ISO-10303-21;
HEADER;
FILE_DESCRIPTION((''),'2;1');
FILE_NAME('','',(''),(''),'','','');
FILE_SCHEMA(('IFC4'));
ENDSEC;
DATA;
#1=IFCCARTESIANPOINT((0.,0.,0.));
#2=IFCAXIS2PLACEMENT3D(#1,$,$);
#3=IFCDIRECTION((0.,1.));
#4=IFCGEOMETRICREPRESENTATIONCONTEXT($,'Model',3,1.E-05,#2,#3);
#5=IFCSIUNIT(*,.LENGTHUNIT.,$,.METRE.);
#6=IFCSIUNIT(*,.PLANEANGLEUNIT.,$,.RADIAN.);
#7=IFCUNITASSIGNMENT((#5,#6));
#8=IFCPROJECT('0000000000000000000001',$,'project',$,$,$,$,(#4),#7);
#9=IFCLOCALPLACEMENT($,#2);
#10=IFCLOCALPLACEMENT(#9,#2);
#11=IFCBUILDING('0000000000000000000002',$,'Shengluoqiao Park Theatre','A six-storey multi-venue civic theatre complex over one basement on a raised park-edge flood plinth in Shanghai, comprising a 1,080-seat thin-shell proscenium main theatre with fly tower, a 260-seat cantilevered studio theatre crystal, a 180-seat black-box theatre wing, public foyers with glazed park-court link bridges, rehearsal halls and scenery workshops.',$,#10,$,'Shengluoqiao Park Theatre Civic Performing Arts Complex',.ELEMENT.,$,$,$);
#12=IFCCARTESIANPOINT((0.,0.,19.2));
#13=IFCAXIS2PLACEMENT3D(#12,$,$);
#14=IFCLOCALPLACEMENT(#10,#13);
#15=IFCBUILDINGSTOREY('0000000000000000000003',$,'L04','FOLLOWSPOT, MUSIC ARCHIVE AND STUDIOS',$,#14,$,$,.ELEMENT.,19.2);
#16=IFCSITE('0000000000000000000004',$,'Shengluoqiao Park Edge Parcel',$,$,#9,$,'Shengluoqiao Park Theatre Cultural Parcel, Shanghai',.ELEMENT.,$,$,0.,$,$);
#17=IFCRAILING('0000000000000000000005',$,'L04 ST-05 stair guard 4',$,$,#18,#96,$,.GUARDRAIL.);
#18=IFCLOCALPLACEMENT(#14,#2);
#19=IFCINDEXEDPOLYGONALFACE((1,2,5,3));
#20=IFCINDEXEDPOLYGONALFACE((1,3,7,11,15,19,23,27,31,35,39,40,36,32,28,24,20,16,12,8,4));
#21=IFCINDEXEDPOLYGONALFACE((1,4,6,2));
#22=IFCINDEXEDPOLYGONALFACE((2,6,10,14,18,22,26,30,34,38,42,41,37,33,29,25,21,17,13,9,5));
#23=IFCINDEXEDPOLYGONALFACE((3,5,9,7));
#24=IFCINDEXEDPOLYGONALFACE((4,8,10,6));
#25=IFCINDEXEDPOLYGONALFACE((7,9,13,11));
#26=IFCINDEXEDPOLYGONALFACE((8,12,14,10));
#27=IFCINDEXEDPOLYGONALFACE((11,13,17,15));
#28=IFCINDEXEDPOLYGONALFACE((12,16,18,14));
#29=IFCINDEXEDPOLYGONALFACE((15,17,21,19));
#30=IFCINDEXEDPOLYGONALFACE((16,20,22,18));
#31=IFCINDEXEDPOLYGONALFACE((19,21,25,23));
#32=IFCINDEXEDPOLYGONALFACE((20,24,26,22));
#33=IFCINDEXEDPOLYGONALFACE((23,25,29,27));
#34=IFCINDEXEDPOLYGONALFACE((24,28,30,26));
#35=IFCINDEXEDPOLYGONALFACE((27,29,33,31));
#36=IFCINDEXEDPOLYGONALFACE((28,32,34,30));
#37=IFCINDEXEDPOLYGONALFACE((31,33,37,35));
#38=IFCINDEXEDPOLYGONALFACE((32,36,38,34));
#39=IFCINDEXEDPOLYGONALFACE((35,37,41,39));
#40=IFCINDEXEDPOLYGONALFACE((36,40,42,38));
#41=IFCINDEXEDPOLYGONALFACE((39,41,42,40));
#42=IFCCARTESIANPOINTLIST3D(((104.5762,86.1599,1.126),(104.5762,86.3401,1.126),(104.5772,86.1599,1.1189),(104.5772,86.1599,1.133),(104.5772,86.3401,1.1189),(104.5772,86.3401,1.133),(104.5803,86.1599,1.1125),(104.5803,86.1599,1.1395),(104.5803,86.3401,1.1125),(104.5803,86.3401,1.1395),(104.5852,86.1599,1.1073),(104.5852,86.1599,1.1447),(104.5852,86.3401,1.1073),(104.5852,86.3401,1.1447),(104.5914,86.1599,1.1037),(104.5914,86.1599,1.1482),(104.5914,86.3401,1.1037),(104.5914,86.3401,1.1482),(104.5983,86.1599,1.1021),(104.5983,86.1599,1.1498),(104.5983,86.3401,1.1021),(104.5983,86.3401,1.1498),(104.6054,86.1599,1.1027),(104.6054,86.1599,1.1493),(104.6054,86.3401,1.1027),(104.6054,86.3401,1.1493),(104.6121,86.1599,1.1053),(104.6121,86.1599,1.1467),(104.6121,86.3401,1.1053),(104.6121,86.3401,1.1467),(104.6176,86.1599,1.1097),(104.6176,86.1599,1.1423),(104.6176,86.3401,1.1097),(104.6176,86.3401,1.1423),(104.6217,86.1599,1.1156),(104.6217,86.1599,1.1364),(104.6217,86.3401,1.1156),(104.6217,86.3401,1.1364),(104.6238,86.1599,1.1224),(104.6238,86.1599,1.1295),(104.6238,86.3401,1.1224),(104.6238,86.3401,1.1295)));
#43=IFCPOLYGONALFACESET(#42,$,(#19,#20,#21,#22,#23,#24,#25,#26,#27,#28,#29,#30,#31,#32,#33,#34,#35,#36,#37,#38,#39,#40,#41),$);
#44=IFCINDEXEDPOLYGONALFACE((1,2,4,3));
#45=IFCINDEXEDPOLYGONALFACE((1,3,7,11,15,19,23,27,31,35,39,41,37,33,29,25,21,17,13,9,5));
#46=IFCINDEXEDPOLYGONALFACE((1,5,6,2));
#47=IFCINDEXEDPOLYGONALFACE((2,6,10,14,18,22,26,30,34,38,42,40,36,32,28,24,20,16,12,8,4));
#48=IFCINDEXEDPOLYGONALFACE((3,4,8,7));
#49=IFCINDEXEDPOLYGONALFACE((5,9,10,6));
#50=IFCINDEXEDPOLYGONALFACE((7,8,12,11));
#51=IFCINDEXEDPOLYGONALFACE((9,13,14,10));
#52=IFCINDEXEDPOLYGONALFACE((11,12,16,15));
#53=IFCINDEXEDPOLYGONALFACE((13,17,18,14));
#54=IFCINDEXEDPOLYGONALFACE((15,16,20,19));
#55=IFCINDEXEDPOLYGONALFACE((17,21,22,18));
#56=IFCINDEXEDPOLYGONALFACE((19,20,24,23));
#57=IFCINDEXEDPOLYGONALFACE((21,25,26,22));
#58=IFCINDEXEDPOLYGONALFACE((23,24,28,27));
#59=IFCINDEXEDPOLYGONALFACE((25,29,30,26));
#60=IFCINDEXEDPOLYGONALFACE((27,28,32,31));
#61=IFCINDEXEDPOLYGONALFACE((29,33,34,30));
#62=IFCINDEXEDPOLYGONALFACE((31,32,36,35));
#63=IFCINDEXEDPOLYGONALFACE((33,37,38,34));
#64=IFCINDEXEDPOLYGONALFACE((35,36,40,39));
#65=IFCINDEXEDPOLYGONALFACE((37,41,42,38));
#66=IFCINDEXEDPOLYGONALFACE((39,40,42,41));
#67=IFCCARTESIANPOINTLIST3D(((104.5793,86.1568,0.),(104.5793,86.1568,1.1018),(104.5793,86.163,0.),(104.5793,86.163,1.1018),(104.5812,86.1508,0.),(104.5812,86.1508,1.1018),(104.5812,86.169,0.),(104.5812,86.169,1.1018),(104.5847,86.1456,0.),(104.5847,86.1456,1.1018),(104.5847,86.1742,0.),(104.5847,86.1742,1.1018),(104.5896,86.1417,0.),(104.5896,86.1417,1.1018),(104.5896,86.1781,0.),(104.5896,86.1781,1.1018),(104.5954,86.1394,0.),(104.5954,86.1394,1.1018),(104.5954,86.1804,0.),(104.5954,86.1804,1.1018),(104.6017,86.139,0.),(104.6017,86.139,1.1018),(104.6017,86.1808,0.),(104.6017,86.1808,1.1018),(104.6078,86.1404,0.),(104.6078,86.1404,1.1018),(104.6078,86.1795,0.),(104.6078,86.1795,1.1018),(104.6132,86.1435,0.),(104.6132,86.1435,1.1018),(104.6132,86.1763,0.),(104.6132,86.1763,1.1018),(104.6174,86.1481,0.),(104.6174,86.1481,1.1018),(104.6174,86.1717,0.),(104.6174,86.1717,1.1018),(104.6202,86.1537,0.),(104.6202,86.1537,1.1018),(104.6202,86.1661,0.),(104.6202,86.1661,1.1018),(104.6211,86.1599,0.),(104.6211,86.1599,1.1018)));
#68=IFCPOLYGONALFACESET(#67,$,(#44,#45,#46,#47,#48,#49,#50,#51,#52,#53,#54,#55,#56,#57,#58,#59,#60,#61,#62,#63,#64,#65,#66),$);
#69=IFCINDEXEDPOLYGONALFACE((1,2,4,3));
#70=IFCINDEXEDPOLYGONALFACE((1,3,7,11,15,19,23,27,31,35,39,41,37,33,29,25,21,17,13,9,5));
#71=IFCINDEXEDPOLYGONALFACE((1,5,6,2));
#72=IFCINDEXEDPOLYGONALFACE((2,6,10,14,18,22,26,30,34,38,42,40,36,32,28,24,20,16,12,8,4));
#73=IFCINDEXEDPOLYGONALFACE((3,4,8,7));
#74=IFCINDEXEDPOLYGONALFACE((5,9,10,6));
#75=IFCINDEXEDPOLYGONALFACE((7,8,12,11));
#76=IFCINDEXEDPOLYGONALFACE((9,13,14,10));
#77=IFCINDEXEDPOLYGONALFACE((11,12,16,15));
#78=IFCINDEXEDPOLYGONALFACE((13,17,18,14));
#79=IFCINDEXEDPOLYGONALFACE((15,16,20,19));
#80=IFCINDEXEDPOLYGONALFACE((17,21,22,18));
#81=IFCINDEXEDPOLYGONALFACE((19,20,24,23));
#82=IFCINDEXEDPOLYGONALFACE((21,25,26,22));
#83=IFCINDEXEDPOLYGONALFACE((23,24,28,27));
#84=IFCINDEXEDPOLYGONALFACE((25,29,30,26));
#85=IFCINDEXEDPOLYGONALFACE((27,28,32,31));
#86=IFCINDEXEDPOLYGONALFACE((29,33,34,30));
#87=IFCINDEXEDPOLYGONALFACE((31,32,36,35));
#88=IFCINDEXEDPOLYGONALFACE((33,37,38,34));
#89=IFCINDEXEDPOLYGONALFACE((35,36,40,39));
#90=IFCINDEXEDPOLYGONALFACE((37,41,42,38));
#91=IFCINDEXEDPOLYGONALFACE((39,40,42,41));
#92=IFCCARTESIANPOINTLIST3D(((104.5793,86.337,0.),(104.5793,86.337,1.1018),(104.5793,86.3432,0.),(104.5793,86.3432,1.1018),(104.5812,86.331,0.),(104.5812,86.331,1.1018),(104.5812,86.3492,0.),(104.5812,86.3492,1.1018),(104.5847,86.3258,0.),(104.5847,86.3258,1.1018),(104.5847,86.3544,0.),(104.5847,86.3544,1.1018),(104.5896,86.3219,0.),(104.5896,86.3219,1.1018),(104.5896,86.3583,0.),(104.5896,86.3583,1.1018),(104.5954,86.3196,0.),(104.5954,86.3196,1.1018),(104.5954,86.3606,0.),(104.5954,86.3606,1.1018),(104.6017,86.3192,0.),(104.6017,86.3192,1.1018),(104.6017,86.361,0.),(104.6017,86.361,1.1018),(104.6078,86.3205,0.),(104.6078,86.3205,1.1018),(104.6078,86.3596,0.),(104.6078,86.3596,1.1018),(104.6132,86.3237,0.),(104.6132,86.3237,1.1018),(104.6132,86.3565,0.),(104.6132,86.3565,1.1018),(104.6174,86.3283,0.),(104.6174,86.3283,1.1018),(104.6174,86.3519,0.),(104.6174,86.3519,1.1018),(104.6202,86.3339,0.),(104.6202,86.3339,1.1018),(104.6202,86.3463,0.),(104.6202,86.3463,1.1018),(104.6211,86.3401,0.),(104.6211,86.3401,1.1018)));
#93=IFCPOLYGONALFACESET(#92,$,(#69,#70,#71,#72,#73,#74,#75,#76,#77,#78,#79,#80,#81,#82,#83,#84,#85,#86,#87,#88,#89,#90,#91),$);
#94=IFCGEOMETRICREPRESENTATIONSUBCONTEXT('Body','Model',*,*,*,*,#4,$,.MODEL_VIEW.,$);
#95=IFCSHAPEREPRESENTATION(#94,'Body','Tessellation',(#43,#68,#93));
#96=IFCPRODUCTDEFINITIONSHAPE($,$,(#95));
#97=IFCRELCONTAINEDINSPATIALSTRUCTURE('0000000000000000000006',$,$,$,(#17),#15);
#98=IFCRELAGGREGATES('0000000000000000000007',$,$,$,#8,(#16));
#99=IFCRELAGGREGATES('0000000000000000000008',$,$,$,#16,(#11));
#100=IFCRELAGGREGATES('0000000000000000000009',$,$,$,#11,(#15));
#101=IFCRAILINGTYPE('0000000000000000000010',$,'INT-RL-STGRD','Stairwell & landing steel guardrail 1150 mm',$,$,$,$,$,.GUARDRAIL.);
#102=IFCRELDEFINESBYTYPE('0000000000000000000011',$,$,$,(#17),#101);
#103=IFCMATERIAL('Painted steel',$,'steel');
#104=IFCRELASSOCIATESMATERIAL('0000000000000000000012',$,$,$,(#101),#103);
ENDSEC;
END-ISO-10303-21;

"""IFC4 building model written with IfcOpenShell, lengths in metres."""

from ifc_helpers import new_model, si_unit, direction, frame, origin, origin_2d, place, context, subcontext, project, spatial, circle, extrude, material, type_object, element, save


model = new_model("IFC4")

# Units and contexts
model_context = context("Model", 3, precision=1e-05, world=origin(), true_north=direction((0.0, 1.0)))
body_context = subcontext(model_context, "Body", "Model", "MODEL_VIEW")
ifc_project = project(units=[si_unit("LENGTHUNIT", "METRE"), si_unit("PLANEANGLEUNIT", "RADIAN")], contexts=[model_context])

# Site, building, storey
site_placement = place(None, origin())
site = spatial("IfcSite", under=ifc_project, at=site_placement, Name="Shengluoqiao Park Edge Parcel", LongName="Shengluoqiao Park Theatre Cultural Parcel, Shanghai", CompositionType="ELEMENT", RefElevation=0.0)
building_placement = place(site_placement, origin())
building = spatial("IfcBuilding", under=site, at=building_placement, Name="Shengluoqiao Park Theatre", Description="A six-storey multi-venue civic theatre complex over one basement on a raised park-edge flood plinth in Shanghai, comprising a 1,080-seat thin-shell proscenium main theatre with fly tower, a 260-seat cantilevered studio theatre crystal, a 180-seat black-box theatre wing, public foyers with glazed park-court link bridges, rehearsal halls and scenery workshops.", LongName="Shengluoqiao Park Theatre Civic Performing Arts Complex", CompositionType="ELEMENT")
storey_placement = place(building_placement, frame((0.0, 0.0, 19.2)))
storey = spatial("IfcBuildingStorey", under=building, at=storey_placement, Name="L04", Description="FOLLOWSPOT, MUSIC ARCHIVE AND STUDIOS", CompositionType="ELEMENT", Elevation=19.2)

# Railing
ifc_material_1 = material(Name="Painted steel", Category="steel")
railing_type_1 = type_object("IfcRailingType", Name="INT-RL-STGRD", Description="Stairwell & landing steel guardrail 1150 mm", PredefinedType="GUARDRAIL", material=ifc_material_1)
railing_1_placement = place(storey_placement, frame((104.6001, 86.1599, 0.0)))
element("IfcRailing", 1, at=railing_1_placement, inside=storey, type_object=railing_type_1, Name="L04 ST-05 stair guard 4", PredefinedType="GUARDRAIL", context=body_context, shape_type="SweptSolid", body=[
    extrude(circle(Radius=0.0239, at=origin_2d()), frame((0.0, 0.0, 1.126), z_axis=(0.0, 1.0, 0.0), x_axis=(-1.0, 0.0, 0.0)), (0.0, 0.0, 1.0), 0.1802),
    extrude(circle(Radius=0.021, at=origin_2d()), origin(), (0.0, 0.0, 1.0), 1.1018),
    extrude(circle(Radius=0.021, at=origin_2d()), frame((0.0, 0.1802, 0.0)), (0.0, 0.0, 1.0), 1.1018),
])

save(model, "model.ifc")
